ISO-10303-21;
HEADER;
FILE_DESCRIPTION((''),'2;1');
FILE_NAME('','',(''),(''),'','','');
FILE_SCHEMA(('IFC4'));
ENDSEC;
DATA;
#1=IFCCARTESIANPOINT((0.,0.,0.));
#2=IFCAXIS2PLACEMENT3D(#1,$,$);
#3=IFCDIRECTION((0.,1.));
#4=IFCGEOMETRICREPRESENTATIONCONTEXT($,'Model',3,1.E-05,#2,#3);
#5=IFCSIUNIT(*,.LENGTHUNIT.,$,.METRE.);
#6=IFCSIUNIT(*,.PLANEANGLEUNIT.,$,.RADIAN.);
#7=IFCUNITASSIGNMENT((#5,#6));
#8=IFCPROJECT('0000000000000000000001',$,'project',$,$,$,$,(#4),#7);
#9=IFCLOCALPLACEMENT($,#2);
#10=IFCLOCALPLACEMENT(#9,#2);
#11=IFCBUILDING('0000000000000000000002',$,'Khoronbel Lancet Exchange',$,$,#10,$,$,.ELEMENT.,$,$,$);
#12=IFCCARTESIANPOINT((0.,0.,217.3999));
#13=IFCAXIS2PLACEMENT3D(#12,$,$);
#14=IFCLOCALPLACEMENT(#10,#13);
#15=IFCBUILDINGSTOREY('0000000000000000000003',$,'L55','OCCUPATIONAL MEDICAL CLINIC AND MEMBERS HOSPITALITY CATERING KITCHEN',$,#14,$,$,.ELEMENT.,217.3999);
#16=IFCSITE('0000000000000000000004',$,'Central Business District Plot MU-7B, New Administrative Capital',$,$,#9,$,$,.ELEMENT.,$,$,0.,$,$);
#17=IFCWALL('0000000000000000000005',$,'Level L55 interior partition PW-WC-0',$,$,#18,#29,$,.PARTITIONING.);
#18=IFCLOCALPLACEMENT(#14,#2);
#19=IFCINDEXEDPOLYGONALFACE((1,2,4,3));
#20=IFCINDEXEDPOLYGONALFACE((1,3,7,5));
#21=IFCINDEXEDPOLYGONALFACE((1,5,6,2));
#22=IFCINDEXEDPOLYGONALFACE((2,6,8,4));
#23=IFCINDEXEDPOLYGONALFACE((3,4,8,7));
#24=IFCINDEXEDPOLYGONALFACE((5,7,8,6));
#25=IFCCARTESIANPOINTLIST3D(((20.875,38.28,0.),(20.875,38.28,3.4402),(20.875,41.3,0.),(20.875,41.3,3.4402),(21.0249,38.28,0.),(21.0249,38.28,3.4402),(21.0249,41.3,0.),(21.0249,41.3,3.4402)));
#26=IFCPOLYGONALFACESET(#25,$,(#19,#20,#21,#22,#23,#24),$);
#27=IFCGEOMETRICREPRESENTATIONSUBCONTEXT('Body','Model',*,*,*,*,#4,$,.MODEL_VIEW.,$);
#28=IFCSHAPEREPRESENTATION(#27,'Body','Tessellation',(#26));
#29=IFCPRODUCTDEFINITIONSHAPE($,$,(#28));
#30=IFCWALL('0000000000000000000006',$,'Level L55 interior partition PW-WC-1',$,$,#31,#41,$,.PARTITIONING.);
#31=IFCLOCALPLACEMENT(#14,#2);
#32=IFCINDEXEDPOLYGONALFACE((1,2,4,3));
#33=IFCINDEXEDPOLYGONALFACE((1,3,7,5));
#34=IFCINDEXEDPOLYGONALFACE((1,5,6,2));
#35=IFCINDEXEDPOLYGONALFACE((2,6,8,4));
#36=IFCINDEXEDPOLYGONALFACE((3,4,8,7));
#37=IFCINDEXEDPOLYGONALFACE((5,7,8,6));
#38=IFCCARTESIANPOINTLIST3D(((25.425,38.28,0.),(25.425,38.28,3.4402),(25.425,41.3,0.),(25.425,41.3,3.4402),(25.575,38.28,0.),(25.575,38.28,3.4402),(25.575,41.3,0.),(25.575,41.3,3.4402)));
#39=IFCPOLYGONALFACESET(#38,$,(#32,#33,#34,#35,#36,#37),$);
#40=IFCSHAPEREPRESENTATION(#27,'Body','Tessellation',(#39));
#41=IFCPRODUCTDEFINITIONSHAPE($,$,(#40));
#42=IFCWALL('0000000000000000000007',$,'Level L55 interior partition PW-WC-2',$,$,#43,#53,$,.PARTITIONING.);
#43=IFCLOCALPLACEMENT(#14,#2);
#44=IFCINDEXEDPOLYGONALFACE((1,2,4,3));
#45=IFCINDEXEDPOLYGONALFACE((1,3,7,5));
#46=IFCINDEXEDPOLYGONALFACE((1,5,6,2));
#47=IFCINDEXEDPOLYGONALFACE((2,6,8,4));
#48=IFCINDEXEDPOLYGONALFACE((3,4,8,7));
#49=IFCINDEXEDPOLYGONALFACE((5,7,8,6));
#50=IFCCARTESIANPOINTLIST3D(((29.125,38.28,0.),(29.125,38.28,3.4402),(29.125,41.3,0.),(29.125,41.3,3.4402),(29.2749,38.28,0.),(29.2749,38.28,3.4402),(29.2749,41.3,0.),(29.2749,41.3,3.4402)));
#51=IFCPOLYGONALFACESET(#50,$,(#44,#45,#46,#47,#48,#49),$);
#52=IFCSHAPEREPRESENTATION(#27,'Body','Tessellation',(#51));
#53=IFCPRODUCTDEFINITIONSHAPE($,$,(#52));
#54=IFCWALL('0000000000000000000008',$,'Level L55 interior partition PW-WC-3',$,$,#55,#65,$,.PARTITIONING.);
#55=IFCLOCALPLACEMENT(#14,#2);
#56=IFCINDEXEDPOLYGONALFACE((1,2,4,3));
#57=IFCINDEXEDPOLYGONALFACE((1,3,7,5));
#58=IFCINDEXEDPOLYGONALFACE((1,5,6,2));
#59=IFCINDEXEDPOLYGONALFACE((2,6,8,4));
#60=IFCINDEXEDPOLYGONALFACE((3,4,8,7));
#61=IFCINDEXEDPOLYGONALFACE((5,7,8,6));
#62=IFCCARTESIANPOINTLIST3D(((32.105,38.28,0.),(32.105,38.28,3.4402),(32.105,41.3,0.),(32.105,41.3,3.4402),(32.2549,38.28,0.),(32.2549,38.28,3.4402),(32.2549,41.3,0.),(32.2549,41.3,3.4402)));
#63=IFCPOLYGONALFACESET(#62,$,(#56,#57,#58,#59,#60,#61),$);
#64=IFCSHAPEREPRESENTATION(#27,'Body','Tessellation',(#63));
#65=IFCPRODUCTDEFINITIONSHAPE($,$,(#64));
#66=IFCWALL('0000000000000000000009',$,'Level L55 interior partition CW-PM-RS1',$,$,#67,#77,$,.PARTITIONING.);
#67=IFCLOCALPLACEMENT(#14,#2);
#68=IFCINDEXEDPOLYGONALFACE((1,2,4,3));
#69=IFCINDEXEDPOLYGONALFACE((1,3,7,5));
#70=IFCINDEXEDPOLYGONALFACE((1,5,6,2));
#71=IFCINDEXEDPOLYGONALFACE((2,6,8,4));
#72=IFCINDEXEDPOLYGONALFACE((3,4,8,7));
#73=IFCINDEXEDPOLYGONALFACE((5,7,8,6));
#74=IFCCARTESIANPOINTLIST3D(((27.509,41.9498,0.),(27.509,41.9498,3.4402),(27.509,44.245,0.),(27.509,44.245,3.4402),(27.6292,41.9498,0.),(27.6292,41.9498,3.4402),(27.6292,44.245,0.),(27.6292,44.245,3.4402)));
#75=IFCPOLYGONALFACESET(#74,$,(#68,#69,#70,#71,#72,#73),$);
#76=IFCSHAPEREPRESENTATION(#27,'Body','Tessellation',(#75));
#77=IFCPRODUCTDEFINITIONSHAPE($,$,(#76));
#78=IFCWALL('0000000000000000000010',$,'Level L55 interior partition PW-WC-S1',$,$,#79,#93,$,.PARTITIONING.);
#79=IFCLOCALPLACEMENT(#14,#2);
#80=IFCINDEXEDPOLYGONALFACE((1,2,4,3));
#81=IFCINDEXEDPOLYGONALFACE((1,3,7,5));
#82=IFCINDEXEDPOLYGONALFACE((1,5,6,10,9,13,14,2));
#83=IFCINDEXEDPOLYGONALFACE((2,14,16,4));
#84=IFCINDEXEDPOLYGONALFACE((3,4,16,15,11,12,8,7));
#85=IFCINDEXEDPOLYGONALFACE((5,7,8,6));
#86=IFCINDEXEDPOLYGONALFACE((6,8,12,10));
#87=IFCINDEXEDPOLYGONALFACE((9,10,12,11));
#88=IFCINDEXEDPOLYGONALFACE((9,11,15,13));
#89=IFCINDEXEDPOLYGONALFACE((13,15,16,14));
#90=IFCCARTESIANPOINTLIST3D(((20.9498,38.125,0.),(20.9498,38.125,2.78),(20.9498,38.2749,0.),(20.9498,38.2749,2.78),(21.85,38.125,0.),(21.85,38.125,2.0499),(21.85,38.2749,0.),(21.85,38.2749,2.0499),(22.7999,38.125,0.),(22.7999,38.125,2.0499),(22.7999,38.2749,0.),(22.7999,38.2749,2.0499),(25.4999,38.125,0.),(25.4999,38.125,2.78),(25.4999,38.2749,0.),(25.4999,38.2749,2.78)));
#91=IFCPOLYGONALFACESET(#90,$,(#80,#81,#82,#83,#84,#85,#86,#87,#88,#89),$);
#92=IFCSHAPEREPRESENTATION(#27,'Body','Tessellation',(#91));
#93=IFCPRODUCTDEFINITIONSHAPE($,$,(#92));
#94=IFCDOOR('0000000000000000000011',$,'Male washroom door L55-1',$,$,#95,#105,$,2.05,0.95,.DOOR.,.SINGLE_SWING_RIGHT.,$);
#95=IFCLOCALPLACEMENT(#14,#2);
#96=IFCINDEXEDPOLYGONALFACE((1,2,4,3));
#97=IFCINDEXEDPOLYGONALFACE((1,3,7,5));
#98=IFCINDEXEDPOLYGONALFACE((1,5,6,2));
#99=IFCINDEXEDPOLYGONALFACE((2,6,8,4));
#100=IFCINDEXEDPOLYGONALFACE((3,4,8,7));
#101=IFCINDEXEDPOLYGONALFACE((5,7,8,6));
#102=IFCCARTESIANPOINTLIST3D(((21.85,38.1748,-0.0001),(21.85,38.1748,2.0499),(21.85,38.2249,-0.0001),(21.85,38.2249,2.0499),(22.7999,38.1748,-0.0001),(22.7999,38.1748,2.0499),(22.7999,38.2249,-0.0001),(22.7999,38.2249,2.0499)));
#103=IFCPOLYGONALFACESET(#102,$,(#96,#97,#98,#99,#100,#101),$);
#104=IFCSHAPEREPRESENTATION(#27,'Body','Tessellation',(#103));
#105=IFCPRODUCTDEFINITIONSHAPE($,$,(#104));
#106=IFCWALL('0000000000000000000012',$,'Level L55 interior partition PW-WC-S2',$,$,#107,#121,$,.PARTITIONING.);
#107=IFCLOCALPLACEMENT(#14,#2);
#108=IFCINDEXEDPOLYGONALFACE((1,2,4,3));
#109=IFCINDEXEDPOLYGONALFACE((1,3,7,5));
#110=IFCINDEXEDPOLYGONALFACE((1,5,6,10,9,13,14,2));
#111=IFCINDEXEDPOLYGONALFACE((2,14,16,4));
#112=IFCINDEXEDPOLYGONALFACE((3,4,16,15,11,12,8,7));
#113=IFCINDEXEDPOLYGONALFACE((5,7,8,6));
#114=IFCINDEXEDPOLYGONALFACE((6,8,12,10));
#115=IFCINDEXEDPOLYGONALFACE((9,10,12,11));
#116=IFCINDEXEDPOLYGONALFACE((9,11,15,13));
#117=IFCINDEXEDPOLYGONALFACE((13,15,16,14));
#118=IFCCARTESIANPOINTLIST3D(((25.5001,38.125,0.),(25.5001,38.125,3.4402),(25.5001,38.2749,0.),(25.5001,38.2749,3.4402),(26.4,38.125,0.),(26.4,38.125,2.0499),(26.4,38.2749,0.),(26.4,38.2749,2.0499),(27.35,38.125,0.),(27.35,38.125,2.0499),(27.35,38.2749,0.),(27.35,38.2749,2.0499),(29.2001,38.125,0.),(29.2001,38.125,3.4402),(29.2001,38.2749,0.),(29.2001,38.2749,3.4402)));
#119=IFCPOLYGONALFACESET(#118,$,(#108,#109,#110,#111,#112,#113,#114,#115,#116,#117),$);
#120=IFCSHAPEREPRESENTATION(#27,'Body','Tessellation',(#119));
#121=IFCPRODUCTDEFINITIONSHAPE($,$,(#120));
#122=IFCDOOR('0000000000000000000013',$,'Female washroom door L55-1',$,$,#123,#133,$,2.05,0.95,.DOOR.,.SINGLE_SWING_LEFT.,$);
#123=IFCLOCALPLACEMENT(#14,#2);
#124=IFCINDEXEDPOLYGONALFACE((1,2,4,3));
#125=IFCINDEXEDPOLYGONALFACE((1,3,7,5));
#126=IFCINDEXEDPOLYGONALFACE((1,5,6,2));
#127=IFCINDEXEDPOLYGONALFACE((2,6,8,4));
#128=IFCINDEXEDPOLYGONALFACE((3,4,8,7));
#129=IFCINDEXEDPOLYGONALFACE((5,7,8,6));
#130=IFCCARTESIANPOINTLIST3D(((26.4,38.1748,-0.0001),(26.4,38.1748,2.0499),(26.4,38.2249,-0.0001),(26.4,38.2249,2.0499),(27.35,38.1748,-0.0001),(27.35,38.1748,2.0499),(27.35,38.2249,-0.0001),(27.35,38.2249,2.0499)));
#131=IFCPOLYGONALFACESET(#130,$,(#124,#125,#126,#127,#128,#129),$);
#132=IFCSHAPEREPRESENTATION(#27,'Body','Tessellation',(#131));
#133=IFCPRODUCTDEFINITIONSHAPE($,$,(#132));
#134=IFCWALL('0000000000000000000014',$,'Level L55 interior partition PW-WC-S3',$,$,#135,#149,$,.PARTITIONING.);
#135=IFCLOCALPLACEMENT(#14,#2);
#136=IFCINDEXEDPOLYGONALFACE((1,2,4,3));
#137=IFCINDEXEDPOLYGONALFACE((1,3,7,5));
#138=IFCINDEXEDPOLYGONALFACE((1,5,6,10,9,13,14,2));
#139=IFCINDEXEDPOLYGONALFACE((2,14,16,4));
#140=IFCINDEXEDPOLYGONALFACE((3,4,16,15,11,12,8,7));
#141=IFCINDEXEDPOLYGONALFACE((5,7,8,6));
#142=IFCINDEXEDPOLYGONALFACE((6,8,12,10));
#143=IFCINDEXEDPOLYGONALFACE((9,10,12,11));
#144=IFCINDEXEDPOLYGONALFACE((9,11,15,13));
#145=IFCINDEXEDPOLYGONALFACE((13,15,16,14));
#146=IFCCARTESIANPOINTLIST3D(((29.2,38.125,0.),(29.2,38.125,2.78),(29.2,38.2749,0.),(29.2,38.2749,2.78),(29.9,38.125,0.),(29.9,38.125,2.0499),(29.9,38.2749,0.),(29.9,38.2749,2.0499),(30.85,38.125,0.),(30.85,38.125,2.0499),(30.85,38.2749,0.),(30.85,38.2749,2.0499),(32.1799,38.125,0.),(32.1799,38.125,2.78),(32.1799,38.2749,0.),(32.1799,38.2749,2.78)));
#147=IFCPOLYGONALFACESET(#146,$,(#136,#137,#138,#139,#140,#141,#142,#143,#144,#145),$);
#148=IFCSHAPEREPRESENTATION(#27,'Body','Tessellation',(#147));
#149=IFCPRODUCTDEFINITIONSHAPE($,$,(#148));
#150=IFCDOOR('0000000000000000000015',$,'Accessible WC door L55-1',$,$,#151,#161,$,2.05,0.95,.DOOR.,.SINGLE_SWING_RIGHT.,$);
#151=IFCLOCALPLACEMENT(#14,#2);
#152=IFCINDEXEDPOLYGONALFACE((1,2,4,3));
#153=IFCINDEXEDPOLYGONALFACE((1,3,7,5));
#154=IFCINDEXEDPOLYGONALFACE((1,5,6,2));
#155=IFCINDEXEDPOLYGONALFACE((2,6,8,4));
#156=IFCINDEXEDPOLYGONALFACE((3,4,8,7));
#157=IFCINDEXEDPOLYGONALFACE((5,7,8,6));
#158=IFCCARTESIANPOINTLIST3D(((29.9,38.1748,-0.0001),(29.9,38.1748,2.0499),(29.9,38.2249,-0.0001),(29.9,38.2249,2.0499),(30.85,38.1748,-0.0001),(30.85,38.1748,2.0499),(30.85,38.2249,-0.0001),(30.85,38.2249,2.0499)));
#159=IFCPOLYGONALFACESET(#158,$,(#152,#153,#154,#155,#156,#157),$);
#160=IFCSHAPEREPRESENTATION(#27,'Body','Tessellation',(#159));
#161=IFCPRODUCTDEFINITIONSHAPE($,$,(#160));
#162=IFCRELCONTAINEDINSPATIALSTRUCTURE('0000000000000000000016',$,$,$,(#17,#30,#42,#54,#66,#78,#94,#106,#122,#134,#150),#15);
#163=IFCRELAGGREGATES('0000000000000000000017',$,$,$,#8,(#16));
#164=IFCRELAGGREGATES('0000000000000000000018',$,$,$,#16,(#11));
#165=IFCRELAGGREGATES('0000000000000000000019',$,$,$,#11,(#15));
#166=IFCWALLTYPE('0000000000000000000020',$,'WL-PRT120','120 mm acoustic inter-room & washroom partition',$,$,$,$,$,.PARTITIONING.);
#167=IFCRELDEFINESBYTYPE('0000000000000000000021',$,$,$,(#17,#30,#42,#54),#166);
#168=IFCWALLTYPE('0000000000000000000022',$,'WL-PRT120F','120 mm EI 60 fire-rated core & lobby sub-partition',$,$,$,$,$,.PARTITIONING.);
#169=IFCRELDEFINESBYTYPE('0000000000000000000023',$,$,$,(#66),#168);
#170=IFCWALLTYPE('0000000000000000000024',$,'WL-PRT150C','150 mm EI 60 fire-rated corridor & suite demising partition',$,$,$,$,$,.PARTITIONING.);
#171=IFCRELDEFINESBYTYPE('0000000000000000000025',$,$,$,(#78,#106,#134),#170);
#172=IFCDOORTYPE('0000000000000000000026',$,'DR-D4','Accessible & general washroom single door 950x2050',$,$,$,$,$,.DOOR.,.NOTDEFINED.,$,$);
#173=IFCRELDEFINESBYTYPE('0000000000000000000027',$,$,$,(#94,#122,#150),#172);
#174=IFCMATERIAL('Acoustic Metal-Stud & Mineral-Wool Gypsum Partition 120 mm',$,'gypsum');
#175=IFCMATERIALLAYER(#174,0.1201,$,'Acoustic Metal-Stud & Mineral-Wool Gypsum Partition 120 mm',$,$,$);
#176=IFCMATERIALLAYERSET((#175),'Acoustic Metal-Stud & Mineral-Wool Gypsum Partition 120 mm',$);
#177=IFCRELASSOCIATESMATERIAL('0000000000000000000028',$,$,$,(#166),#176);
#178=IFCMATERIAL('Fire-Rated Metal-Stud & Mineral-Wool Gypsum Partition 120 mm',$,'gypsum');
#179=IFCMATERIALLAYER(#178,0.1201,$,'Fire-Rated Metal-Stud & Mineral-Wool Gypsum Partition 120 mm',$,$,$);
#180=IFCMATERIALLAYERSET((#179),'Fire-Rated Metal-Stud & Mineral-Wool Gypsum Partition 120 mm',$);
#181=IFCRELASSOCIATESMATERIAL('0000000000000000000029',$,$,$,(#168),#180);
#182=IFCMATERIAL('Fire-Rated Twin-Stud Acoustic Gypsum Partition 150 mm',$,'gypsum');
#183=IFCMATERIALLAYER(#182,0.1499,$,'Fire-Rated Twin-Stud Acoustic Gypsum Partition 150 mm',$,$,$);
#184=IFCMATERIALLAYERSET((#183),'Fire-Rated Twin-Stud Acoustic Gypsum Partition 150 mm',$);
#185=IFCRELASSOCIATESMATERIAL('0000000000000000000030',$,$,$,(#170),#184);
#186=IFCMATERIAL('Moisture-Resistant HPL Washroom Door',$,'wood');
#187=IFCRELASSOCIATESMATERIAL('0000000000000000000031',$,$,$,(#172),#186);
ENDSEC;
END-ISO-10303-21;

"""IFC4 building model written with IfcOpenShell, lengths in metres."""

from ifc_helpers import new_model, si_unit, direction, frame, frame_2d, origin, place, context, subcontext, project, spatial, rectangle, extrude, material, layer, layer_set, type_object, element, fill, save


model = new_model("IFC4")

# Units and contexts
model_context = context("Model", 3, precision=1e-05, world=origin(), true_north=direction((0.0, 1.0)))
body_context = subcontext(model_context, "Body", "Model", "MODEL_VIEW")
ifc_project = project(units=[si_unit("LENGTHUNIT", "METRE"), si_unit("PLANEANGLEUNIT", "RADIAN")], contexts=[model_context])

# Site, building, storey
site_placement = place(None, origin())
site = spatial("IfcSite", under=ifc_project, at=site_placement, Name="Central Business District Plot MU-7B, New Administrative Capital", CompositionType="ELEMENT", RefElevation=0.0)
building_placement = place(site_placement, origin())
building = spatial("IfcBuilding", under=site, at=building_placement, Name="Khoronbel Lancet Exchange", CompositionType="ELEMENT")
storey_placement = place(building_placement, frame((0.0, 0.0, 217.3999)))
storey = spatial("IfcBuildingStorey", under=building, at=storey_placement, Name="L55", Description="OCCUPATIONAL MEDICAL CLINIC AND MEMBERS HOSPITALITY CATERING KITCHEN", CompositionType="ELEMENT", Elevation=217.3999)

# Walls
ifc_material_1 = material(Name="Acoustic Metal-Stud & Mineral-Wool Gypsum Partition 120 mm", Category="gypsum")
ifc_layer_1 = layer(ifc_material_1, 0.1201, Name="Acoustic Metal-Stud & Mineral-Wool Gypsum Partition 120 mm")
ifc_layer_set_1 = layer_set([ifc_layer_1], Name="Acoustic Metal-Stud & Mineral-Wool Gypsum Partition 120 mm")
wall_type_1 = type_object("IfcWallType", Name="WL-PRT120", Description="120 mm acoustic inter-room & washroom partition", PredefinedType="PARTITIONING", material=ifc_layer_set_1)
for number, where, z_axis, x_axis, name in (
    (1, (20.95, 38.28, 0.0), (0.0, 0.0, 1.0), (0.0, 1.0, 0.0), "Level L55 interior partition PW-WC-0"),
    (2, (25.5, 38.28, 0.0), (0.0, 0.0, 1.0), (0.0, 1.0, 0.0), "Level L55 interior partition PW-WC-1"),
    (3, (29.2, 38.28, 0.0), (0.0, 0.0, 1.0), (0.0, 1.0, 0.0), "Level L55 interior partition PW-WC-2"),
    (4, (32.1799, 38.28, 0.0), (0.0, 0.0, 1.0), (0.0, 1.0, 0.0), "Level L55 interior partition PW-WC-3"),
):
    element("IfcWall", number, at=place(storey_placement, frame(where, z_axis=z_axis, x_axis=x_axis)), inside=storey, type_object=wall_type_1, Name=name, PredefinedType="PARTITIONING", context=body_context, shape_type="SweptSolid", body=[
        extrude(rectangle(XDim=3.02, YDim=0.1499, at=frame_2d((1.51, 0.0))), origin(), (0.0, 0.0, 1.0), 3.4402),
    ])
ifc_material_2 = material(Name="Fire-Rated Metal-Stud & Mineral-Wool Gypsum Partition 120 mm", Category="gypsum")
ifc_layer_2 = layer(ifc_material_2, 0.1201, Name="Fire-Rated Metal-Stud & Mineral-Wool Gypsum Partition 120 mm")
ifc_layer_set_2 = layer_set([ifc_layer_2], Name="Fire-Rated Metal-Stud & Mineral-Wool Gypsum Partition 120 mm")
wall_type_2 = type_object("IfcWallType", Name="WL-PRT120F", Description="120 mm EI 60 fire-rated core & lobby sub-partition", PredefinedType="PARTITIONING", material=ifc_layer_set_2)
wall_1_placement = place(storey_placement, frame((27.5691, 41.95, 0.0), z_axis=(0.0, 0.0, 1.0), x_axis=(0.0, 1.0, 0.0)))
element("IfcWall", 5, at=wall_1_placement, inside=storey, type_object=wall_type_2, Name="Level L55 interior partition CW-PM-RS1", PredefinedType="PARTITIONING", context=body_context, shape_type="SweptSolid", body=[
    extrude(rectangle(XDim=2.2952, YDim=0.1201, at=frame_2d((1.1475, 0.0))), origin(), (0.0, 0.0, 1.0), 3.4402),
])

# Walls, openings, doors
ifc_material_3 = material(Name="Fire-Rated Twin-Stud Acoustic Gypsum Partition 150 mm", Category="gypsum")
ifc_layer_3 = layer(ifc_material_3, 0.1499, Name="Fire-Rated Twin-Stud Acoustic Gypsum Partition 150 mm")
ifc_layer_set_3 = layer_set([ifc_layer_3], Name="Fire-Rated Twin-Stud Acoustic Gypsum Partition 150 mm")
wall_type_3 = type_object("IfcWallType", Name="WL-PRT150C", Description="150 mm EI 60 fire-rated corridor & suite demising partition", PredefinedType="PARTITIONING", material=ifc_layer_set_3)
wall_2_placement = place(storey_placement, frame((20.95, 38.2, 0.0), z_axis=(0.0, 0.0, 1.0), x_axis=(1.0, 0.0, 0.0)))
wall_2 = element("IfcWall", 6, at=wall_2_placement, inside=storey, type_object=wall_type_3, Name="Level L55 interior partition PW-WC-S1", PredefinedType="PARTITIONING", context=body_context, shape_type="SweptSolid", body=[
    extrude(rectangle(XDim=4.55, YDim=0.1499, at=frame_2d((2.2749, 0.0))), origin(), (0.0, 0.0, 1.0), 2.78),
])
opening_1_placement = place(wall_2_placement, frame((0.8999, 0.0, 0.0)))
opening_1 = element("IfcOpeningElement", 7, at=opening_1_placement, cuts=wall_2, PredefinedType="OPENING", context=body_context, shape_type="SweptSolid", body=[
    extrude(rectangle(XDim=0.95, YDim=2.05, at=frame_2d((0.4751, 1.0249))), frame((0.0, 0.085, 0.0), z_axis=(0.0, -1.0, 0.0), x_axis=(1.0, 0.0, 0.0)), (0.0, 0.0, 1.0), 0.1699),
])
ifc_material_4 = material(Name="Moisture-Resistant HPL Washroom Door", Category="wood")
door_type_1 = type_object("IfcDoorType", Name="DR-D4", Description="Accessible & general washroom single door 950x2050", OperationType="NOTDEFINED", PredefinedType="DOOR", material=ifc_material_4)
door_1_placement = place(opening_1_placement, origin())
door_1 = element("IfcDoor", 8, at=door_1_placement, inside=storey, type_object=door_type_1, Name="Male washroom door L55-1", OperationType="SINGLE_SWING_RIGHT", OverallHeight=2.05, OverallWidth=0.95, PredefinedType="DOOR", context=body_context, shape_type="SweptSolid", body=[
    extrude(rectangle(XDim=0.95, YDim=2.05, at=frame_2d((0.4751, 1.0249))), frame((0.0, 0.0249, 0.0), z_axis=(0.0, -1.0, 0.0), x_axis=(1.0, 0.0, 0.0)), (0.0, 0.0, 1.0), 0.05),
])
fill(opening_1, door_1)
wall_3_placement = place(storey_placement, frame((25.5, 38.2, 0.0), z_axis=(0.0, 0.0, 1.0), x_axis=(1.0, 0.0, 0.0)))
wall_3 = element("IfcWall", 9, at=wall_3_placement, inside=storey, type_object=wall_type_3, Name="Level L55 interior partition PW-WC-S2", PredefinedType="PARTITIONING", context=body_context, shape_type="SweptSolid", body=[
    extrude(rectangle(XDim=3.7, YDim=0.1499, at=frame_2d((1.8501, 0.0))), origin(), (0.0, 0.0, 1.0), 3.4402),
])
opening_2_placement = place(wall_3_placement, frame((0.8999, 0.0, 0.0)))
opening_2 = element("IfcOpeningElement", 10, at=opening_2_placement, cuts=wall_3, PredefinedType="OPENING", context=body_context, shape_type="SweptSolid", body=[
    extrude(rectangle(XDim=0.95, YDim=2.05, at=frame_2d((0.4751, 1.0249))), frame((0.0, 0.085, 0.0), z_axis=(0.0, -1.0, 0.0), x_axis=(1.0, 0.0, 0.0)), (0.0, 0.0, 1.0), 0.1699),
])
door_2_placement = place(opening_2_placement, origin())
door_2 = element("IfcDoor", 11, at=door_2_placement, inside=storey, type_object=door_type_1, Name="Female washroom door L55-1", OperationType="SINGLE_SWING_LEFT", OverallHeight=2.05, OverallWidth=0.95, PredefinedType="DOOR", context=body_context, shape_type="SweptSolid", body=[
    extrude(rectangle(XDim=0.95, YDim=2.05, at=frame_2d((0.4751, 1.0249))), frame((0.0, 0.0249, 0.0), z_axis=(0.0, -1.0, 0.0), x_axis=(1.0, 0.0, 0.0)), (0.0, 0.0, 1.0), 0.05),
])
fill(opening_2, door_2)
wall_4_placement = place(storey_placement, frame((29.2, 38.2, 0.0), z_axis=(0.0, 0.0, 1.0), x_axis=(1.0, 0.0, 0.0)))
wall_4 = element("IfcWall", 12, at=wall_4_placement, inside=storey, type_object=wall_type_3, Name="Level L55 interior partition PW-WC-S3", PredefinedType="PARTITIONING", context=body_context, shape_type="SweptSolid", body=[
    extrude(rectangle(XDim=2.98, YDim=0.1499, at=frame_2d((1.49, 0.0))), origin(), (0.0, 0.0, 1.0), 2.78),
])
opening_3_placement = place(wall_4_placement, frame((0.7, 0.0, 0.0)))
opening_3 = element("IfcOpeningElement", 13, at=opening_3_placement, cuts=wall_4, PredefinedType="OPENING", context=body_context, shape_type="SweptSolid", body=[
    extrude(rectangle(XDim=0.95, YDim=2.05, at=frame_2d((0.4751, 1.0249))), frame((0.0, 0.085, 0.0), z_axis=(0.0, -1.0, 0.0), x_axis=(1.0, 0.0, 0.0)), (0.0, 0.0, 1.0), 0.1699),
])
door_3_placement = place(opening_3_placement, origin())
door_3 = element("IfcDoor", 14, at=door_3_placement, inside=storey, type_object=door_type_1, Name="Accessible WC door L55-1", OperationType="SINGLE_SWING_RIGHT", OverallHeight=2.05, OverallWidth=0.95, PredefinedType="DOOR", context=body_context, shape_type="SweptSolid", body=[
    extrude(rectangle(XDim=0.95, YDim=2.05, at=frame_2d((0.4751, 1.0249))), frame((0.0, 0.0249, 0.0), z_axis=(0.0, -1.0, 0.0), x_axis=(1.0, 0.0, 0.0)), (0.0, 0.0, 1.0), 0.05),
])
fill(opening_3, door_3)

save(model, "model.ifc")
